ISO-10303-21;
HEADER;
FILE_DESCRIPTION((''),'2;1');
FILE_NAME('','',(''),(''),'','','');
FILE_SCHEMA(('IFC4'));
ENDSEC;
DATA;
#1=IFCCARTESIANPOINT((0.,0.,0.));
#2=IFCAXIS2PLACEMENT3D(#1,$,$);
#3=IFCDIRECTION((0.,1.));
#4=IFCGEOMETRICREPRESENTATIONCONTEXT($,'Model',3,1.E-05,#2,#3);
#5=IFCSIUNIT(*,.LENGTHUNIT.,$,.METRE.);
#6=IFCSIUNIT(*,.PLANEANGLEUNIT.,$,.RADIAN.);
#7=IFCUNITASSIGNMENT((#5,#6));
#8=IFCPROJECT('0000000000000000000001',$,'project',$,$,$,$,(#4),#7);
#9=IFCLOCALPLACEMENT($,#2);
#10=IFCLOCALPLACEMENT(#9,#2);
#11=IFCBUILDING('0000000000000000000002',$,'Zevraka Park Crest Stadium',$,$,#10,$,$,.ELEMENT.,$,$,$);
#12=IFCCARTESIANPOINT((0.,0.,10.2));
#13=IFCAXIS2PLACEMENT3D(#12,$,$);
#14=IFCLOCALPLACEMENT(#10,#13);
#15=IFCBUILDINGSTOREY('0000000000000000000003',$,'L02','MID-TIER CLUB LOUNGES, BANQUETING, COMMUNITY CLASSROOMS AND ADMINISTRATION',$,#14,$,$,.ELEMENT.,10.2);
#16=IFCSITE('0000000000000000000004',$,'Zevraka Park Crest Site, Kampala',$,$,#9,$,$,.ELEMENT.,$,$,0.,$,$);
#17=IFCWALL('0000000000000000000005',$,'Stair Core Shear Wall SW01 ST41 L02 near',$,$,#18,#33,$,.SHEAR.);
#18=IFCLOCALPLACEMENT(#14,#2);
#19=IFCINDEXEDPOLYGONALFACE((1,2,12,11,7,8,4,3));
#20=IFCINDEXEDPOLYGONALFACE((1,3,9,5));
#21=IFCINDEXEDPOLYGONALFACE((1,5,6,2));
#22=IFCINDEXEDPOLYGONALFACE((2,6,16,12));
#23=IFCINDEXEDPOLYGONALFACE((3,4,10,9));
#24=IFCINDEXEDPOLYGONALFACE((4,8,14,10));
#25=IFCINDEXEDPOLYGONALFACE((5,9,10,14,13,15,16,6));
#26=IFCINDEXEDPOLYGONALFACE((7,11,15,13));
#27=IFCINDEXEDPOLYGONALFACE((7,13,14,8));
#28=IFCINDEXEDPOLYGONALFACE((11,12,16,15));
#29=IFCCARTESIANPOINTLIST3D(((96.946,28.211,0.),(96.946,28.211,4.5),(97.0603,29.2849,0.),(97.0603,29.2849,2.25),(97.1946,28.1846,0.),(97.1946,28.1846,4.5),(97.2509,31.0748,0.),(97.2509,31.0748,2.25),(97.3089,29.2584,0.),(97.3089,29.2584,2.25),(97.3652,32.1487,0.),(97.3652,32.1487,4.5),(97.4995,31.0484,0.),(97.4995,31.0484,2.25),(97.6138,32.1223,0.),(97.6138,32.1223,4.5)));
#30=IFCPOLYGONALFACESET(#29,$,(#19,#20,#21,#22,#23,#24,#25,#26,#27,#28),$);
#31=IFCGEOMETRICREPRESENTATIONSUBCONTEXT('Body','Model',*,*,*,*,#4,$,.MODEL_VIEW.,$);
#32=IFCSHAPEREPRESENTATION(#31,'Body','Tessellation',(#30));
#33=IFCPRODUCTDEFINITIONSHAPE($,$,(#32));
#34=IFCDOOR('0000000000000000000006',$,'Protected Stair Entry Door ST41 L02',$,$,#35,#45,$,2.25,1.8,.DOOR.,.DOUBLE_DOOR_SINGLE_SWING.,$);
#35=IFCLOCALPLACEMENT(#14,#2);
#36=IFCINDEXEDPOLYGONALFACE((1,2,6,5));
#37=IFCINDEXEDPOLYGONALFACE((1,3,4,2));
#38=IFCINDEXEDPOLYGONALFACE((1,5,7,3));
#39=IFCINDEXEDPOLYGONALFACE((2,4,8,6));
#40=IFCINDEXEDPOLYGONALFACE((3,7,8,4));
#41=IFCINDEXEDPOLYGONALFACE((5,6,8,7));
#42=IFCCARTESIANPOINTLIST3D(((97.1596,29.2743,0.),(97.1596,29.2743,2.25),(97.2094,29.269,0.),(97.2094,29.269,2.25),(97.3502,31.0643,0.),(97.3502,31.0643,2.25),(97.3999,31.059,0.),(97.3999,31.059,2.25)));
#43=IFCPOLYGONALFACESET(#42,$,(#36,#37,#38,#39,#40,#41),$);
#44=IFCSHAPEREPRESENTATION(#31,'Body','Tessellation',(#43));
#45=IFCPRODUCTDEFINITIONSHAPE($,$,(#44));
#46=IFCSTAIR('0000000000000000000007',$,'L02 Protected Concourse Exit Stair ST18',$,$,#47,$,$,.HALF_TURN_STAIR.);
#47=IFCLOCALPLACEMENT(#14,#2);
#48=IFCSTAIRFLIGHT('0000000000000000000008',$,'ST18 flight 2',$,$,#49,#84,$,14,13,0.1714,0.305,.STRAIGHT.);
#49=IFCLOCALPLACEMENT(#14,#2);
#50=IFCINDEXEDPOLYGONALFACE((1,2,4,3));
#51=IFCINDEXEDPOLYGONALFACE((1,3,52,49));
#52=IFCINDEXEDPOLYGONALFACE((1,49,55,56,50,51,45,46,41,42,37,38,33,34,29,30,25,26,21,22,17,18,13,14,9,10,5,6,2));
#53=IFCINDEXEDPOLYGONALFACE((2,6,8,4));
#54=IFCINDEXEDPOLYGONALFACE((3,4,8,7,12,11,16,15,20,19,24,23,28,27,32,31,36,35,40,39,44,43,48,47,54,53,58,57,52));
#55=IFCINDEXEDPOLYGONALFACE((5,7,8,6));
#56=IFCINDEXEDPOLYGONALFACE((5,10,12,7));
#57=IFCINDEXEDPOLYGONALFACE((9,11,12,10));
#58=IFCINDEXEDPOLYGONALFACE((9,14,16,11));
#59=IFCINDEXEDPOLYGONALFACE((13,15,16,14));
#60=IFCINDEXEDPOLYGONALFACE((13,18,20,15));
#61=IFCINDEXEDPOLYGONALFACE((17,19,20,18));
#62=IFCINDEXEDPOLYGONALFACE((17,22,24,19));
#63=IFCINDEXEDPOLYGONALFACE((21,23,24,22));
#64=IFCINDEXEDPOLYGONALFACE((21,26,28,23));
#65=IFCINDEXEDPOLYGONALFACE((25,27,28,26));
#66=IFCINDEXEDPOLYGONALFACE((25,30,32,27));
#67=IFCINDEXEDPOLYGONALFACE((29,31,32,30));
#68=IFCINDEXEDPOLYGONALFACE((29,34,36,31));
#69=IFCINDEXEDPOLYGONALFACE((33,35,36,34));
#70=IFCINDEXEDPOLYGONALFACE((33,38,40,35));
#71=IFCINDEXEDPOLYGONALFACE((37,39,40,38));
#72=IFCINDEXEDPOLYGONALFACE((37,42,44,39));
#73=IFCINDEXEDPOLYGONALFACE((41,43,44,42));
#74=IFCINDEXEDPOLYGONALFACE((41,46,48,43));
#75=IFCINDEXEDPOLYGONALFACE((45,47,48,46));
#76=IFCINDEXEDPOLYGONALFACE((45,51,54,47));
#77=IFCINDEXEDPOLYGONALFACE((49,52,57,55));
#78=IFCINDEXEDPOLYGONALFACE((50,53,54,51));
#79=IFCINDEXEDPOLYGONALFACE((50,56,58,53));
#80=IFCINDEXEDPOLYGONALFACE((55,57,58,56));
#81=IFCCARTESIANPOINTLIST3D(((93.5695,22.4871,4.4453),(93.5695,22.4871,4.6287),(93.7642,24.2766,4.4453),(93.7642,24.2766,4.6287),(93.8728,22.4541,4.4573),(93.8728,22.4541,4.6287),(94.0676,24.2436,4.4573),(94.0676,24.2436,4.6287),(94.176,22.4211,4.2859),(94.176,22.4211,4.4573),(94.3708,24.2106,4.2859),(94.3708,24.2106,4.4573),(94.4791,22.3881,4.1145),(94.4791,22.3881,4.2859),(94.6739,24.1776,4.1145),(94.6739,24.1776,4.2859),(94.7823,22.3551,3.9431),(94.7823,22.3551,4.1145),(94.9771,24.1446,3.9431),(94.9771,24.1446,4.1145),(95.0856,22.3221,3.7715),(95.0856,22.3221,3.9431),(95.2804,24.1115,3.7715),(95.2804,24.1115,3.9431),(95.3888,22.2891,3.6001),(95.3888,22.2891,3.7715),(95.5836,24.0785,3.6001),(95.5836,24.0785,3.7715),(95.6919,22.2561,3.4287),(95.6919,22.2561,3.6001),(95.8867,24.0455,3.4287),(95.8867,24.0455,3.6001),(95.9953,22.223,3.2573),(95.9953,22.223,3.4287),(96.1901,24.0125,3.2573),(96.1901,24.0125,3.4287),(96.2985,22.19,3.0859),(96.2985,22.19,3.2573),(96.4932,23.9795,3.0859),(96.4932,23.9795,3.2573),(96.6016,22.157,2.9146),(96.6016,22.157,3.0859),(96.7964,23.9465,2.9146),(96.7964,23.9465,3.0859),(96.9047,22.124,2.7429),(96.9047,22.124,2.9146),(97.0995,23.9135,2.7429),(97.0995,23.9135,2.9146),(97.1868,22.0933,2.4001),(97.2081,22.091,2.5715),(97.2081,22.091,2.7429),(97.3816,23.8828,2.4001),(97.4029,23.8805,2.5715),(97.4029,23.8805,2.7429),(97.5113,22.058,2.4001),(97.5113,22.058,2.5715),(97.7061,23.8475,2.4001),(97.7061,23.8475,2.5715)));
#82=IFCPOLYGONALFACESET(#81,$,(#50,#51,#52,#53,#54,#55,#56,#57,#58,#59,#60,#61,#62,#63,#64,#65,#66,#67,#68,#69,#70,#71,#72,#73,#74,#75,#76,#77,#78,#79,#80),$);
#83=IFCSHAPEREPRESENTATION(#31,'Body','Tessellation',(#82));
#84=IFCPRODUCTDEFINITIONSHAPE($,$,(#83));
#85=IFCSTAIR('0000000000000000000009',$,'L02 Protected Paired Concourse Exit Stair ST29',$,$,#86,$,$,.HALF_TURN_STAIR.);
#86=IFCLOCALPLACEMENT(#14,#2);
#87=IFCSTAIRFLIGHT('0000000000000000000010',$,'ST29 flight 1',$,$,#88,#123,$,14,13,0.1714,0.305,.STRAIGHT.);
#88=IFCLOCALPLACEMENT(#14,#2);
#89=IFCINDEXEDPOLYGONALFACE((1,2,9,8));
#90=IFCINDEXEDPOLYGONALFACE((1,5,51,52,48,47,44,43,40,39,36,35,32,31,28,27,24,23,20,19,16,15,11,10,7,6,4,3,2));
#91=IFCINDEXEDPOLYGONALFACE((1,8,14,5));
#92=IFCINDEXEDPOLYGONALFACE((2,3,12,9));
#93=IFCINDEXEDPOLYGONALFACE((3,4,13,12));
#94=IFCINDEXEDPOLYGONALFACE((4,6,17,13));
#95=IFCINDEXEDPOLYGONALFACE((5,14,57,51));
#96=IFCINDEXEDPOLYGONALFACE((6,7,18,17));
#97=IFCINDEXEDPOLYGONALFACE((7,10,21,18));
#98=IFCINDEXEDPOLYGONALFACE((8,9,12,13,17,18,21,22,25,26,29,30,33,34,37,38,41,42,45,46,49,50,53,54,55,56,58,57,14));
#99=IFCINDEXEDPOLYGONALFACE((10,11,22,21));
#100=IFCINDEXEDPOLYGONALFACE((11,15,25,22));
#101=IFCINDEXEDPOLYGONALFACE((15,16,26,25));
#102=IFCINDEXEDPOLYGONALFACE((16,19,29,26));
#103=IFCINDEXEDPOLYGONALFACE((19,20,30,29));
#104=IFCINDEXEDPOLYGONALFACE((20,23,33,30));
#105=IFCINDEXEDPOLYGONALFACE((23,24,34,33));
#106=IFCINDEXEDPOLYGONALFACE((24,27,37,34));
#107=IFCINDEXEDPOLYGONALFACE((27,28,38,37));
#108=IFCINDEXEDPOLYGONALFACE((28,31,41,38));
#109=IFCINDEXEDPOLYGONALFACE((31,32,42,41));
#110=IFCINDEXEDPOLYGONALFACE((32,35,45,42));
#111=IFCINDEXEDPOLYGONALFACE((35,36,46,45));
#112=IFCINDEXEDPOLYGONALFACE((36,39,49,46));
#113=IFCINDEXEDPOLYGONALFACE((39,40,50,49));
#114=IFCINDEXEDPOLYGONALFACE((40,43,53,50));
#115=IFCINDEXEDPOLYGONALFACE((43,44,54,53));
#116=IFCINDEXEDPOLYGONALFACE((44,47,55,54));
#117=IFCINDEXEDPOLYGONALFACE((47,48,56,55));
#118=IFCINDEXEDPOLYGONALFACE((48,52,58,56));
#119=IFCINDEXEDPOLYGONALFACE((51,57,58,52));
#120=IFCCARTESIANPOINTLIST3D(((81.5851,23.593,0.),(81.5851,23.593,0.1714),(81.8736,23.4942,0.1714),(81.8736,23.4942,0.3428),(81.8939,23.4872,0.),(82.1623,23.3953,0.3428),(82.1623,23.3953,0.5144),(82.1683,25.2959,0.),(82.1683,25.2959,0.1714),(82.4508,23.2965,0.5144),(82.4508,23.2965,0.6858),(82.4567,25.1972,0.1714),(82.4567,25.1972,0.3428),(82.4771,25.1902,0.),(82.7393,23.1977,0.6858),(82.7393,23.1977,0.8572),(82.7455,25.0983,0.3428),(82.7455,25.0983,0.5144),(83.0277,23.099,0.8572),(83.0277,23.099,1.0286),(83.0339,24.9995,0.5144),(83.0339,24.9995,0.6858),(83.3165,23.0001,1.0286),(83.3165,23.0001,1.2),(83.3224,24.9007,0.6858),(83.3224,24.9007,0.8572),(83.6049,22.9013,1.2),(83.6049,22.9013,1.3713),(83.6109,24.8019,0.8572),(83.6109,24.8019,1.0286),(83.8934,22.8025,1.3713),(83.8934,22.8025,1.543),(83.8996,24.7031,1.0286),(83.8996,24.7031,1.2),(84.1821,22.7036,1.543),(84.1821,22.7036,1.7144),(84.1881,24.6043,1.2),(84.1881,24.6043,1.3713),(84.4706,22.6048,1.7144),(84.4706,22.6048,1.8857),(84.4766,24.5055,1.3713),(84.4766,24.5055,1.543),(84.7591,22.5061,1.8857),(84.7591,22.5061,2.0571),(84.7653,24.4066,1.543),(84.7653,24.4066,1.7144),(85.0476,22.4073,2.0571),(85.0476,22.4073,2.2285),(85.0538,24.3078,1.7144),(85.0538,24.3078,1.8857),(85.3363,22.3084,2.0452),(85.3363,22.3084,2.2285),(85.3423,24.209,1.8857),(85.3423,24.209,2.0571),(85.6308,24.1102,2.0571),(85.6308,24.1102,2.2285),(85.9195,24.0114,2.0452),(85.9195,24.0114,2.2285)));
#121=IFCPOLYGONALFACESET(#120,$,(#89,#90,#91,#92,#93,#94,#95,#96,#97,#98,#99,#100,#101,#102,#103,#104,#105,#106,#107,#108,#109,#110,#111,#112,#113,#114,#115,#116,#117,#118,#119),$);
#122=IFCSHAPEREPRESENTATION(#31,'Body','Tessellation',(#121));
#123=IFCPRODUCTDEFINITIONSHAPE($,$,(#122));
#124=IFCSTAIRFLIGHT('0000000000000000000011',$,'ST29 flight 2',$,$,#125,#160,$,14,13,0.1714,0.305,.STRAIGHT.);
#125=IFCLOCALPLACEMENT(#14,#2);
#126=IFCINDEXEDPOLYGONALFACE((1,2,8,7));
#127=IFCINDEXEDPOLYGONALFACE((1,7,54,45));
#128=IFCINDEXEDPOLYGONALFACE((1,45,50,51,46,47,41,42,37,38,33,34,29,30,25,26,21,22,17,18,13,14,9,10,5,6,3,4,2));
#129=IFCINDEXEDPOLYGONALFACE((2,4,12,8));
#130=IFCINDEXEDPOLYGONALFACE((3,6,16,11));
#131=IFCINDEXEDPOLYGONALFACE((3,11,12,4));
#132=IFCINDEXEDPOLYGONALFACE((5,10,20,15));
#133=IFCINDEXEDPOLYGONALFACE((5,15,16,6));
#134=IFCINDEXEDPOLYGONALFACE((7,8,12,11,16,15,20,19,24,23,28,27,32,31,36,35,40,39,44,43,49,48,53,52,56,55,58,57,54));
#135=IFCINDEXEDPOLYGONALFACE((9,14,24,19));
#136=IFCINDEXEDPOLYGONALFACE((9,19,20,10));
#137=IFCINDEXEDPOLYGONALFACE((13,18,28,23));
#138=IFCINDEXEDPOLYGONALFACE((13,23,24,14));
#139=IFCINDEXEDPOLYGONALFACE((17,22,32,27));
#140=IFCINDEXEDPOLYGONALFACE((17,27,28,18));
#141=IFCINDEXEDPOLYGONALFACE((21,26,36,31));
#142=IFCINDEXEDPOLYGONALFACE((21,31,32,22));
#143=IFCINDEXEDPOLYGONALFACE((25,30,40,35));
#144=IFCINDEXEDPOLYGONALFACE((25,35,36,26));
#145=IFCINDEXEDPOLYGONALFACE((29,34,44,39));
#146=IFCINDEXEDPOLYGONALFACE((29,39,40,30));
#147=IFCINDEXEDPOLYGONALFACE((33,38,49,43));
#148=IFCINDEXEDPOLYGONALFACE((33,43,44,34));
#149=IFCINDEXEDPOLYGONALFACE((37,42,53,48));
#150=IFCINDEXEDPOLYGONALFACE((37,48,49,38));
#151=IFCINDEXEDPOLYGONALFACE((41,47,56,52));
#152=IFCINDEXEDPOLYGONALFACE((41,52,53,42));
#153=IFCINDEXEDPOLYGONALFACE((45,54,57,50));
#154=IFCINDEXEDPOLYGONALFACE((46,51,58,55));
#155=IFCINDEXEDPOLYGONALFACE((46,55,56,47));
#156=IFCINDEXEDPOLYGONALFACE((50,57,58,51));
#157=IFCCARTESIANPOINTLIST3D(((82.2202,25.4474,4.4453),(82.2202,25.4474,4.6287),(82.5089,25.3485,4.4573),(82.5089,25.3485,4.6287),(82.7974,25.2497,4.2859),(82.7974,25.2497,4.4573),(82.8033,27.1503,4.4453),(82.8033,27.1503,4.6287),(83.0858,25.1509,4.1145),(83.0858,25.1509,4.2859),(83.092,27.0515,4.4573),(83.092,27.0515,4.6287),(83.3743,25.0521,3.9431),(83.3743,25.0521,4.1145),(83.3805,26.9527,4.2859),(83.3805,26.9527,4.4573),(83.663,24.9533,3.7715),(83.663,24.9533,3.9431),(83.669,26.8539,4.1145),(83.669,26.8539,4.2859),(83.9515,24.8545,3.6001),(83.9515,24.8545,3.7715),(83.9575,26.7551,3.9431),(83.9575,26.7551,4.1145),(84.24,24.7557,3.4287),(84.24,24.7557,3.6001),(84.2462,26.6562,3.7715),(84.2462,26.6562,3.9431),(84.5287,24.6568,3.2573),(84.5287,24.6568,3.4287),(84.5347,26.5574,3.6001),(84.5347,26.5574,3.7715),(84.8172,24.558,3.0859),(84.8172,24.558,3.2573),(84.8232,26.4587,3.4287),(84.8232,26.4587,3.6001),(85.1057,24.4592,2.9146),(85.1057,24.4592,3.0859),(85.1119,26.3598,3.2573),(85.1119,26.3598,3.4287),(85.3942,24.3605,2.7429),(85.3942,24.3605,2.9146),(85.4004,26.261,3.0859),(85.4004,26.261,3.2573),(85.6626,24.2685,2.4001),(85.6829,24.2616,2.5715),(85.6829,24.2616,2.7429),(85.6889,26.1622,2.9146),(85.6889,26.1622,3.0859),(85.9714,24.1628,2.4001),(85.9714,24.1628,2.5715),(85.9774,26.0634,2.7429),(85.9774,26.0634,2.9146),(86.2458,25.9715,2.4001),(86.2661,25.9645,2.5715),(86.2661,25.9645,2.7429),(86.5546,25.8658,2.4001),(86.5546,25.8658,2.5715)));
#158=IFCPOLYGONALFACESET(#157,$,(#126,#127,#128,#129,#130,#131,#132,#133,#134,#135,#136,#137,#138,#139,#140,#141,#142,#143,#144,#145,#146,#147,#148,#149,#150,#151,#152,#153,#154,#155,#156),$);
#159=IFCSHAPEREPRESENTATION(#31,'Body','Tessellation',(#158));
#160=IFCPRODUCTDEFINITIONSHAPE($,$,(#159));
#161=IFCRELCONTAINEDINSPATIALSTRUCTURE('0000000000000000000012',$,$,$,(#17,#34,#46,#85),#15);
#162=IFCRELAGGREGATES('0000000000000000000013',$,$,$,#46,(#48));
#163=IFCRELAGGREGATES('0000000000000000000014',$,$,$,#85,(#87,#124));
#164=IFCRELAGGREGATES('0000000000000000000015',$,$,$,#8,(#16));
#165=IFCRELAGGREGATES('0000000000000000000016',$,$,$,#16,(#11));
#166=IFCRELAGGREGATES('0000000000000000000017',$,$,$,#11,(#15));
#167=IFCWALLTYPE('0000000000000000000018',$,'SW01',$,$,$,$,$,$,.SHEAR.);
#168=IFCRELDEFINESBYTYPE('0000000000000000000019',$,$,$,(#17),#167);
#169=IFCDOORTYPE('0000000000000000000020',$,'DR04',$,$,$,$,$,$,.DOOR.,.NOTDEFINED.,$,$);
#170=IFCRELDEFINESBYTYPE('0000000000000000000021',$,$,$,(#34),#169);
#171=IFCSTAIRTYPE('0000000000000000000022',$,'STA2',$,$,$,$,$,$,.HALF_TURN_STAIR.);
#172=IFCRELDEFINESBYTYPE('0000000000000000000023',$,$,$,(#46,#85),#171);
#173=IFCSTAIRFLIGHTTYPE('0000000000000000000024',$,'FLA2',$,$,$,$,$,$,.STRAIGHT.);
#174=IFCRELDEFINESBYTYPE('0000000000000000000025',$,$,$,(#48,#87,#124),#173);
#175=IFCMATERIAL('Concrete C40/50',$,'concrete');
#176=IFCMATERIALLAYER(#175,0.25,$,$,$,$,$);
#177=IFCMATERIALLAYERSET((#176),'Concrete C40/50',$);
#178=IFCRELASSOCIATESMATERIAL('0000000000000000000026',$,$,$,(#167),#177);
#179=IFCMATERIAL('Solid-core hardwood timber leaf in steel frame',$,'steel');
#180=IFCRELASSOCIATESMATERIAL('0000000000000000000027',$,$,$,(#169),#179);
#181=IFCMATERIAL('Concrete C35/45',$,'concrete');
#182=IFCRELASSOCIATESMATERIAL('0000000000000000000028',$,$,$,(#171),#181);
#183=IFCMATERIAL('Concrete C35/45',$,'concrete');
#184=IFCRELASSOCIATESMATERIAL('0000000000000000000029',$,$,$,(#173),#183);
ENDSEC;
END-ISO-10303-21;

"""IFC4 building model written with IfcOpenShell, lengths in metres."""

from ifc_helpers import new_model, si_unit, direction, frame, frame_2d, origin, place, context, subcontext, project, spatial, polyline, rectangle, outline, extrude, material, layer, layer_set, type_object, element, fill, aggregate, save


model = new_model("IFC4")

# Units and contexts
model_context = context("Model", 3, precision=1e-05, world=origin(), true_north=direction((0.0, 1.0)))
body_context = subcontext(model_context, "Body", "Model", "MODEL_VIEW")
ifc_project = project(units=[si_unit("LENGTHUNIT", "METRE"), si_unit("PLANEANGLEUNIT", "RADIAN")], contexts=[model_context])

# Site, building, storey
site_placement = place(None, origin())
site = spatial("IfcSite", under=ifc_project, at=site_placement, Name="Zevraka Park Crest Site, Kampala", CompositionType="ELEMENT", RefElevation=0.0)
building_placement = place(site_placement, origin())
building = spatial("IfcBuilding", under=site, at=building_placement, Name="Zevraka Park Crest Stadium", CompositionType="ELEMENT")
storey_placement = place(building_placement, frame((0.0, 0.0, 10.2)))
storey = spatial("IfcBuildingStorey", under=building, at=storey_placement, Name="L02", Description="MID-TIER CLUB LOUNGES, BANQUETING, COMMUNITY CLASSROOMS AND ADMINISTRATION", CompositionType="ELEMENT", Elevation=10.2)

# Shared definitions
ifc_material_1 = material(Name="Concrete C40/50", Category="concrete")
ifc_layer = layer(ifc_material_1, 0.25)
ifc_layer_set = layer_set([ifc_layer], Name="Concrete C40/50")
wall_type = type_object("IfcWallType", Name="SW01", PredefinedType="SHEAR", material=ifc_layer_set)

# Shared definitions
ifc_material_2 = material(Name="Solid-core hardwood timber leaf in steel frame", Category="steel")
door_type = type_object("IfcDoorType", Name="DR04", OperationType="NOTDEFINED", PredefinedType="DOOR", material=ifc_material_2)

# Wall, opening, door
wall_1_placement = place(storey_placement, frame((97.4895, 32.1355, 0.0), z_axis=(0.0, 0.0, 1.0), x_axis=(-0.105856, -0.994381, 0.0)))
wall_1 = element("IfcWall", 1, at=wall_1_placement, inside=storey, type_object=wall_type, Name="Stair Core Shear Wall SW01 ST41 L02 near", PredefinedType="SHEAR", context=body_context, shape_type="SweptSolid", body=[
    extrude(rectangle(XDim=3.96, YDim=0.25, at=frame_2d((1.98, 0.0))), origin(), (0.0, 0.0, 1.0), 4.5),
])
opening_1_placement = place(wall_1_placement, frame((1.0801, 0.0, 0.0)))
opening_1 = element("IfcOpeningElement", 2, at=opening_1_placement, cuts=wall_1, PredefinedType="OPENING", context=body_context, shape_type="SweptSolid", body=[
    extrude(rectangle(XDim=1.8, YDim=2.25, at=frame_2d((0.8999, 1.125))), frame((0.0, 0.135, 0.0), z_axis=(0.0, -1.0, 0.0), x_axis=(1.0, 0.0, 0.0)), (0.0, 0.0, 1.0), 0.27),
])
door_1_placement = place(opening_1_placement, origin())
door_1 = element("IfcDoor", 3, at=door_1_placement, inside=storey, type_object=door_type, Name="Protected Stair Entry Door ST41 L02", OperationType="DOUBLE_DOOR_SINGLE_SWING", OverallHeight=2.25, OverallWidth=1.8, PredefinedType="DOOR", context=body_context, shape_type="SweptSolid", body=[
    extrude(rectangle(XDim=1.8, YDim=2.25, at=frame_2d((0.8999, 1.125))), frame((0.0, 0.0249, 0.0), z_axis=(0.0, -1.0, 0.0), x_axis=(1.0, 0.0, 0.0)), (0.0, 0.0, 1.0), 0.05),
])
fill(opening_1, door_1)

# Stair, stair flight
ifc_material_3 = material(Name="Concrete C35/45", Category="concrete")
stair_type = type_object("IfcStairType", Name="STA2", PredefinedType="HALF_TURN_STAIR", material=ifc_material_3)
stair_1_placement = place(storey_placement, origin())
stair_1 = element("IfcStair", 4, at=stair_1_placement, inside=storey, type_object=stair_type, Name="L02 Protected Concourse Exit Stair ST18", PredefinedType="HALF_TURN_STAIR")
ifc_material_4 = material(Name="Concrete C35/45", Category="concrete")
stair_flight_type = type_object("IfcStairFlightType", Name="FLA2", PredefinedType="STRAIGHT", material=ifc_material_4)
stair_flight_1_placement = place(storey_placement, frame((97.6086, 22.9526, 2.4001), z_axis=(0.0, 0.0, 1.0), x_axis=(-0.994128, 0.108215, 0.0)))
stair_flight_1 = element("IfcStairFlight", 5, at=stair_flight_1_placement, type_object=stair_flight_type, Name="ST18 flight 2", NumberOfRisers=14, NumberOfTreads=13, PredefinedType="STRAIGHT", RiserHeight=0.1714, TreadLength=0.305, context=body_context, shape_type="SweptSolid", body=[
    extrude(outline(polyline([(0.0, 0.0), (0.0, 0.1714), (0.3049, 0.1714), (0.3049, 0.3428), (0.6101, 0.3428), (0.6101, 0.5144), (0.915, 0.5144), (0.915, 0.6858), (1.22, 0.6858), (1.22, 0.8572), (1.5249, 0.8572), (1.5249, 1.0286), (1.8301, 1.0286), (1.8301, 1.2), (2.135, 1.2), (2.135, 1.3713), (2.4399, 1.3713), (2.4399, 1.543), (2.7451, 1.543), (2.7451, 1.7144), (3.05, 1.7144), (3.05, 1.8857), (3.355, 1.8857), (3.355, 2.0571), (3.6599, 2.0571), (3.6599, 2.2285), (3.9651, 2.2285), (3.9651, 2.3999), (3.9651, 2.0452), (0.3264, 0.0), (0.0, 0.0)])), frame((0.0, 0.8999, 0.0), z_axis=(0.0, -1.0, 0.0), x_axis=(1.0, 0.0, 0.0)), (0.0, 0.0, 1.0), 1.8),
])
aggregate(stair_1, [stair_flight_1])

# Stair, stair flights
stair_2_placement = place(storey_placement, origin())
stair_2 = element("IfcStair", 6, at=stair_2_placement, inside=storey, type_object=stair_type, Name="L02 Protected Paired Concourse Exit Stair ST29", PredefinedType="HALF_TURN_STAIR")
stair_flight_2_placement = place(storey_placement, frame((81.8767, 24.4446, 0.0), z_axis=(0.0, 0.0, 1.0), x_axis=(0.946066, -0.323974, 0.0)))
stair_flight_2 = element("IfcStairFlight", 7, at=stair_flight_2_placement, type_object=stair_flight_type, Name="ST29 flight 1", NumberOfRisers=14, NumberOfTreads=13, PredefinedType="STRAIGHT", RiserHeight=0.1714, TreadLength=0.305, context=body_context, shape_type="SweptSolid", body=[
    extrude(outline(polyline([(0.0, 0.0), (0.0, 0.1714), (0.3049, 0.1714), (0.3049, 0.3428), (0.6101, 0.3428), (0.6101, 0.5144), (0.915, 0.5144), (0.915, 0.6858), (1.22, 0.6858), (1.22, 0.8572), (1.5249, 0.8572), (1.5249, 1.0286), (1.8301, 1.0286), (1.8301, 1.2), (2.135, 1.2), (2.135, 1.3713), (2.4399, 1.3713), (2.4399, 1.543), (2.7451, 1.543), (2.7451, 1.7144), (3.05, 1.7144), (3.05, 1.8857), (3.355, 1.8857), (3.355, 2.0571), (3.6599, 2.0571), (3.6599, 2.2285), (3.9651, 2.2285), (3.9651, 2.3999), (3.9651, 2.0452), (0.3264, 0.0), (0.0, 0.0)])), frame((0.0, 0.8999, 0.0), z_axis=(0.0, -1.0, 0.0), x_axis=(1.0, 0.0, 0.0)), (0.0, 0.0, 1.0), 1.8),
])
stair_flight_3_placement = place(storey_placement, frame((86.2629, 25.0142, 2.4001), z_axis=(0.0, 0.0, 1.0), x_axis=(-0.946066, 0.323974, 0.0)))
stair_flight_3 = element("IfcStairFlight", 8, at=stair_flight_3_placement, type_object=stair_flight_type, Name="ST29 flight 2", NumberOfRisers=14, NumberOfTreads=13, PredefinedType="STRAIGHT", RiserHeight=0.1714, TreadLength=0.305, context=body_context, shape_type="SweptSolid", body=[
    extrude(outline(polyline([(0.0, 0.0), (0.0, 0.1714), (0.3049, 0.1714), (0.3049, 0.3428), (0.6101, 0.3428), (0.6101, 0.5144), (0.915, 0.5144), (0.915, 0.6858), (1.22, 0.6858), (1.22, 0.8572), (1.5249, 0.8572), (1.5249, 1.0286), (1.8301, 1.0286), (1.8301, 1.2), (2.135, 1.2), (2.135, 1.3713), (2.4399, 1.3713), (2.4399, 1.543), (2.7451, 1.543), (2.7451, 1.7144), (3.05, 1.7144), (3.05, 1.8857), (3.355, 1.8857), (3.355, 2.0571), (3.6599, 2.0571), (3.6599, 2.2285), (3.9651, 2.2285), (3.9651, 2.3999), (3.9651, 2.0452), (0.3264, 0.0), (0.0, 0.0)])), frame((0.0, 0.8999, 0.0), z_axis=(0.0, -1.0, 0.0), x_axis=(1.0, 0.0, 0.0)), (0.0, 0.0, 1.0), 1.8),
])
aggregate(stair_2, [stair_flight_2, stair_flight_3])

save(model, "model.ifc")
